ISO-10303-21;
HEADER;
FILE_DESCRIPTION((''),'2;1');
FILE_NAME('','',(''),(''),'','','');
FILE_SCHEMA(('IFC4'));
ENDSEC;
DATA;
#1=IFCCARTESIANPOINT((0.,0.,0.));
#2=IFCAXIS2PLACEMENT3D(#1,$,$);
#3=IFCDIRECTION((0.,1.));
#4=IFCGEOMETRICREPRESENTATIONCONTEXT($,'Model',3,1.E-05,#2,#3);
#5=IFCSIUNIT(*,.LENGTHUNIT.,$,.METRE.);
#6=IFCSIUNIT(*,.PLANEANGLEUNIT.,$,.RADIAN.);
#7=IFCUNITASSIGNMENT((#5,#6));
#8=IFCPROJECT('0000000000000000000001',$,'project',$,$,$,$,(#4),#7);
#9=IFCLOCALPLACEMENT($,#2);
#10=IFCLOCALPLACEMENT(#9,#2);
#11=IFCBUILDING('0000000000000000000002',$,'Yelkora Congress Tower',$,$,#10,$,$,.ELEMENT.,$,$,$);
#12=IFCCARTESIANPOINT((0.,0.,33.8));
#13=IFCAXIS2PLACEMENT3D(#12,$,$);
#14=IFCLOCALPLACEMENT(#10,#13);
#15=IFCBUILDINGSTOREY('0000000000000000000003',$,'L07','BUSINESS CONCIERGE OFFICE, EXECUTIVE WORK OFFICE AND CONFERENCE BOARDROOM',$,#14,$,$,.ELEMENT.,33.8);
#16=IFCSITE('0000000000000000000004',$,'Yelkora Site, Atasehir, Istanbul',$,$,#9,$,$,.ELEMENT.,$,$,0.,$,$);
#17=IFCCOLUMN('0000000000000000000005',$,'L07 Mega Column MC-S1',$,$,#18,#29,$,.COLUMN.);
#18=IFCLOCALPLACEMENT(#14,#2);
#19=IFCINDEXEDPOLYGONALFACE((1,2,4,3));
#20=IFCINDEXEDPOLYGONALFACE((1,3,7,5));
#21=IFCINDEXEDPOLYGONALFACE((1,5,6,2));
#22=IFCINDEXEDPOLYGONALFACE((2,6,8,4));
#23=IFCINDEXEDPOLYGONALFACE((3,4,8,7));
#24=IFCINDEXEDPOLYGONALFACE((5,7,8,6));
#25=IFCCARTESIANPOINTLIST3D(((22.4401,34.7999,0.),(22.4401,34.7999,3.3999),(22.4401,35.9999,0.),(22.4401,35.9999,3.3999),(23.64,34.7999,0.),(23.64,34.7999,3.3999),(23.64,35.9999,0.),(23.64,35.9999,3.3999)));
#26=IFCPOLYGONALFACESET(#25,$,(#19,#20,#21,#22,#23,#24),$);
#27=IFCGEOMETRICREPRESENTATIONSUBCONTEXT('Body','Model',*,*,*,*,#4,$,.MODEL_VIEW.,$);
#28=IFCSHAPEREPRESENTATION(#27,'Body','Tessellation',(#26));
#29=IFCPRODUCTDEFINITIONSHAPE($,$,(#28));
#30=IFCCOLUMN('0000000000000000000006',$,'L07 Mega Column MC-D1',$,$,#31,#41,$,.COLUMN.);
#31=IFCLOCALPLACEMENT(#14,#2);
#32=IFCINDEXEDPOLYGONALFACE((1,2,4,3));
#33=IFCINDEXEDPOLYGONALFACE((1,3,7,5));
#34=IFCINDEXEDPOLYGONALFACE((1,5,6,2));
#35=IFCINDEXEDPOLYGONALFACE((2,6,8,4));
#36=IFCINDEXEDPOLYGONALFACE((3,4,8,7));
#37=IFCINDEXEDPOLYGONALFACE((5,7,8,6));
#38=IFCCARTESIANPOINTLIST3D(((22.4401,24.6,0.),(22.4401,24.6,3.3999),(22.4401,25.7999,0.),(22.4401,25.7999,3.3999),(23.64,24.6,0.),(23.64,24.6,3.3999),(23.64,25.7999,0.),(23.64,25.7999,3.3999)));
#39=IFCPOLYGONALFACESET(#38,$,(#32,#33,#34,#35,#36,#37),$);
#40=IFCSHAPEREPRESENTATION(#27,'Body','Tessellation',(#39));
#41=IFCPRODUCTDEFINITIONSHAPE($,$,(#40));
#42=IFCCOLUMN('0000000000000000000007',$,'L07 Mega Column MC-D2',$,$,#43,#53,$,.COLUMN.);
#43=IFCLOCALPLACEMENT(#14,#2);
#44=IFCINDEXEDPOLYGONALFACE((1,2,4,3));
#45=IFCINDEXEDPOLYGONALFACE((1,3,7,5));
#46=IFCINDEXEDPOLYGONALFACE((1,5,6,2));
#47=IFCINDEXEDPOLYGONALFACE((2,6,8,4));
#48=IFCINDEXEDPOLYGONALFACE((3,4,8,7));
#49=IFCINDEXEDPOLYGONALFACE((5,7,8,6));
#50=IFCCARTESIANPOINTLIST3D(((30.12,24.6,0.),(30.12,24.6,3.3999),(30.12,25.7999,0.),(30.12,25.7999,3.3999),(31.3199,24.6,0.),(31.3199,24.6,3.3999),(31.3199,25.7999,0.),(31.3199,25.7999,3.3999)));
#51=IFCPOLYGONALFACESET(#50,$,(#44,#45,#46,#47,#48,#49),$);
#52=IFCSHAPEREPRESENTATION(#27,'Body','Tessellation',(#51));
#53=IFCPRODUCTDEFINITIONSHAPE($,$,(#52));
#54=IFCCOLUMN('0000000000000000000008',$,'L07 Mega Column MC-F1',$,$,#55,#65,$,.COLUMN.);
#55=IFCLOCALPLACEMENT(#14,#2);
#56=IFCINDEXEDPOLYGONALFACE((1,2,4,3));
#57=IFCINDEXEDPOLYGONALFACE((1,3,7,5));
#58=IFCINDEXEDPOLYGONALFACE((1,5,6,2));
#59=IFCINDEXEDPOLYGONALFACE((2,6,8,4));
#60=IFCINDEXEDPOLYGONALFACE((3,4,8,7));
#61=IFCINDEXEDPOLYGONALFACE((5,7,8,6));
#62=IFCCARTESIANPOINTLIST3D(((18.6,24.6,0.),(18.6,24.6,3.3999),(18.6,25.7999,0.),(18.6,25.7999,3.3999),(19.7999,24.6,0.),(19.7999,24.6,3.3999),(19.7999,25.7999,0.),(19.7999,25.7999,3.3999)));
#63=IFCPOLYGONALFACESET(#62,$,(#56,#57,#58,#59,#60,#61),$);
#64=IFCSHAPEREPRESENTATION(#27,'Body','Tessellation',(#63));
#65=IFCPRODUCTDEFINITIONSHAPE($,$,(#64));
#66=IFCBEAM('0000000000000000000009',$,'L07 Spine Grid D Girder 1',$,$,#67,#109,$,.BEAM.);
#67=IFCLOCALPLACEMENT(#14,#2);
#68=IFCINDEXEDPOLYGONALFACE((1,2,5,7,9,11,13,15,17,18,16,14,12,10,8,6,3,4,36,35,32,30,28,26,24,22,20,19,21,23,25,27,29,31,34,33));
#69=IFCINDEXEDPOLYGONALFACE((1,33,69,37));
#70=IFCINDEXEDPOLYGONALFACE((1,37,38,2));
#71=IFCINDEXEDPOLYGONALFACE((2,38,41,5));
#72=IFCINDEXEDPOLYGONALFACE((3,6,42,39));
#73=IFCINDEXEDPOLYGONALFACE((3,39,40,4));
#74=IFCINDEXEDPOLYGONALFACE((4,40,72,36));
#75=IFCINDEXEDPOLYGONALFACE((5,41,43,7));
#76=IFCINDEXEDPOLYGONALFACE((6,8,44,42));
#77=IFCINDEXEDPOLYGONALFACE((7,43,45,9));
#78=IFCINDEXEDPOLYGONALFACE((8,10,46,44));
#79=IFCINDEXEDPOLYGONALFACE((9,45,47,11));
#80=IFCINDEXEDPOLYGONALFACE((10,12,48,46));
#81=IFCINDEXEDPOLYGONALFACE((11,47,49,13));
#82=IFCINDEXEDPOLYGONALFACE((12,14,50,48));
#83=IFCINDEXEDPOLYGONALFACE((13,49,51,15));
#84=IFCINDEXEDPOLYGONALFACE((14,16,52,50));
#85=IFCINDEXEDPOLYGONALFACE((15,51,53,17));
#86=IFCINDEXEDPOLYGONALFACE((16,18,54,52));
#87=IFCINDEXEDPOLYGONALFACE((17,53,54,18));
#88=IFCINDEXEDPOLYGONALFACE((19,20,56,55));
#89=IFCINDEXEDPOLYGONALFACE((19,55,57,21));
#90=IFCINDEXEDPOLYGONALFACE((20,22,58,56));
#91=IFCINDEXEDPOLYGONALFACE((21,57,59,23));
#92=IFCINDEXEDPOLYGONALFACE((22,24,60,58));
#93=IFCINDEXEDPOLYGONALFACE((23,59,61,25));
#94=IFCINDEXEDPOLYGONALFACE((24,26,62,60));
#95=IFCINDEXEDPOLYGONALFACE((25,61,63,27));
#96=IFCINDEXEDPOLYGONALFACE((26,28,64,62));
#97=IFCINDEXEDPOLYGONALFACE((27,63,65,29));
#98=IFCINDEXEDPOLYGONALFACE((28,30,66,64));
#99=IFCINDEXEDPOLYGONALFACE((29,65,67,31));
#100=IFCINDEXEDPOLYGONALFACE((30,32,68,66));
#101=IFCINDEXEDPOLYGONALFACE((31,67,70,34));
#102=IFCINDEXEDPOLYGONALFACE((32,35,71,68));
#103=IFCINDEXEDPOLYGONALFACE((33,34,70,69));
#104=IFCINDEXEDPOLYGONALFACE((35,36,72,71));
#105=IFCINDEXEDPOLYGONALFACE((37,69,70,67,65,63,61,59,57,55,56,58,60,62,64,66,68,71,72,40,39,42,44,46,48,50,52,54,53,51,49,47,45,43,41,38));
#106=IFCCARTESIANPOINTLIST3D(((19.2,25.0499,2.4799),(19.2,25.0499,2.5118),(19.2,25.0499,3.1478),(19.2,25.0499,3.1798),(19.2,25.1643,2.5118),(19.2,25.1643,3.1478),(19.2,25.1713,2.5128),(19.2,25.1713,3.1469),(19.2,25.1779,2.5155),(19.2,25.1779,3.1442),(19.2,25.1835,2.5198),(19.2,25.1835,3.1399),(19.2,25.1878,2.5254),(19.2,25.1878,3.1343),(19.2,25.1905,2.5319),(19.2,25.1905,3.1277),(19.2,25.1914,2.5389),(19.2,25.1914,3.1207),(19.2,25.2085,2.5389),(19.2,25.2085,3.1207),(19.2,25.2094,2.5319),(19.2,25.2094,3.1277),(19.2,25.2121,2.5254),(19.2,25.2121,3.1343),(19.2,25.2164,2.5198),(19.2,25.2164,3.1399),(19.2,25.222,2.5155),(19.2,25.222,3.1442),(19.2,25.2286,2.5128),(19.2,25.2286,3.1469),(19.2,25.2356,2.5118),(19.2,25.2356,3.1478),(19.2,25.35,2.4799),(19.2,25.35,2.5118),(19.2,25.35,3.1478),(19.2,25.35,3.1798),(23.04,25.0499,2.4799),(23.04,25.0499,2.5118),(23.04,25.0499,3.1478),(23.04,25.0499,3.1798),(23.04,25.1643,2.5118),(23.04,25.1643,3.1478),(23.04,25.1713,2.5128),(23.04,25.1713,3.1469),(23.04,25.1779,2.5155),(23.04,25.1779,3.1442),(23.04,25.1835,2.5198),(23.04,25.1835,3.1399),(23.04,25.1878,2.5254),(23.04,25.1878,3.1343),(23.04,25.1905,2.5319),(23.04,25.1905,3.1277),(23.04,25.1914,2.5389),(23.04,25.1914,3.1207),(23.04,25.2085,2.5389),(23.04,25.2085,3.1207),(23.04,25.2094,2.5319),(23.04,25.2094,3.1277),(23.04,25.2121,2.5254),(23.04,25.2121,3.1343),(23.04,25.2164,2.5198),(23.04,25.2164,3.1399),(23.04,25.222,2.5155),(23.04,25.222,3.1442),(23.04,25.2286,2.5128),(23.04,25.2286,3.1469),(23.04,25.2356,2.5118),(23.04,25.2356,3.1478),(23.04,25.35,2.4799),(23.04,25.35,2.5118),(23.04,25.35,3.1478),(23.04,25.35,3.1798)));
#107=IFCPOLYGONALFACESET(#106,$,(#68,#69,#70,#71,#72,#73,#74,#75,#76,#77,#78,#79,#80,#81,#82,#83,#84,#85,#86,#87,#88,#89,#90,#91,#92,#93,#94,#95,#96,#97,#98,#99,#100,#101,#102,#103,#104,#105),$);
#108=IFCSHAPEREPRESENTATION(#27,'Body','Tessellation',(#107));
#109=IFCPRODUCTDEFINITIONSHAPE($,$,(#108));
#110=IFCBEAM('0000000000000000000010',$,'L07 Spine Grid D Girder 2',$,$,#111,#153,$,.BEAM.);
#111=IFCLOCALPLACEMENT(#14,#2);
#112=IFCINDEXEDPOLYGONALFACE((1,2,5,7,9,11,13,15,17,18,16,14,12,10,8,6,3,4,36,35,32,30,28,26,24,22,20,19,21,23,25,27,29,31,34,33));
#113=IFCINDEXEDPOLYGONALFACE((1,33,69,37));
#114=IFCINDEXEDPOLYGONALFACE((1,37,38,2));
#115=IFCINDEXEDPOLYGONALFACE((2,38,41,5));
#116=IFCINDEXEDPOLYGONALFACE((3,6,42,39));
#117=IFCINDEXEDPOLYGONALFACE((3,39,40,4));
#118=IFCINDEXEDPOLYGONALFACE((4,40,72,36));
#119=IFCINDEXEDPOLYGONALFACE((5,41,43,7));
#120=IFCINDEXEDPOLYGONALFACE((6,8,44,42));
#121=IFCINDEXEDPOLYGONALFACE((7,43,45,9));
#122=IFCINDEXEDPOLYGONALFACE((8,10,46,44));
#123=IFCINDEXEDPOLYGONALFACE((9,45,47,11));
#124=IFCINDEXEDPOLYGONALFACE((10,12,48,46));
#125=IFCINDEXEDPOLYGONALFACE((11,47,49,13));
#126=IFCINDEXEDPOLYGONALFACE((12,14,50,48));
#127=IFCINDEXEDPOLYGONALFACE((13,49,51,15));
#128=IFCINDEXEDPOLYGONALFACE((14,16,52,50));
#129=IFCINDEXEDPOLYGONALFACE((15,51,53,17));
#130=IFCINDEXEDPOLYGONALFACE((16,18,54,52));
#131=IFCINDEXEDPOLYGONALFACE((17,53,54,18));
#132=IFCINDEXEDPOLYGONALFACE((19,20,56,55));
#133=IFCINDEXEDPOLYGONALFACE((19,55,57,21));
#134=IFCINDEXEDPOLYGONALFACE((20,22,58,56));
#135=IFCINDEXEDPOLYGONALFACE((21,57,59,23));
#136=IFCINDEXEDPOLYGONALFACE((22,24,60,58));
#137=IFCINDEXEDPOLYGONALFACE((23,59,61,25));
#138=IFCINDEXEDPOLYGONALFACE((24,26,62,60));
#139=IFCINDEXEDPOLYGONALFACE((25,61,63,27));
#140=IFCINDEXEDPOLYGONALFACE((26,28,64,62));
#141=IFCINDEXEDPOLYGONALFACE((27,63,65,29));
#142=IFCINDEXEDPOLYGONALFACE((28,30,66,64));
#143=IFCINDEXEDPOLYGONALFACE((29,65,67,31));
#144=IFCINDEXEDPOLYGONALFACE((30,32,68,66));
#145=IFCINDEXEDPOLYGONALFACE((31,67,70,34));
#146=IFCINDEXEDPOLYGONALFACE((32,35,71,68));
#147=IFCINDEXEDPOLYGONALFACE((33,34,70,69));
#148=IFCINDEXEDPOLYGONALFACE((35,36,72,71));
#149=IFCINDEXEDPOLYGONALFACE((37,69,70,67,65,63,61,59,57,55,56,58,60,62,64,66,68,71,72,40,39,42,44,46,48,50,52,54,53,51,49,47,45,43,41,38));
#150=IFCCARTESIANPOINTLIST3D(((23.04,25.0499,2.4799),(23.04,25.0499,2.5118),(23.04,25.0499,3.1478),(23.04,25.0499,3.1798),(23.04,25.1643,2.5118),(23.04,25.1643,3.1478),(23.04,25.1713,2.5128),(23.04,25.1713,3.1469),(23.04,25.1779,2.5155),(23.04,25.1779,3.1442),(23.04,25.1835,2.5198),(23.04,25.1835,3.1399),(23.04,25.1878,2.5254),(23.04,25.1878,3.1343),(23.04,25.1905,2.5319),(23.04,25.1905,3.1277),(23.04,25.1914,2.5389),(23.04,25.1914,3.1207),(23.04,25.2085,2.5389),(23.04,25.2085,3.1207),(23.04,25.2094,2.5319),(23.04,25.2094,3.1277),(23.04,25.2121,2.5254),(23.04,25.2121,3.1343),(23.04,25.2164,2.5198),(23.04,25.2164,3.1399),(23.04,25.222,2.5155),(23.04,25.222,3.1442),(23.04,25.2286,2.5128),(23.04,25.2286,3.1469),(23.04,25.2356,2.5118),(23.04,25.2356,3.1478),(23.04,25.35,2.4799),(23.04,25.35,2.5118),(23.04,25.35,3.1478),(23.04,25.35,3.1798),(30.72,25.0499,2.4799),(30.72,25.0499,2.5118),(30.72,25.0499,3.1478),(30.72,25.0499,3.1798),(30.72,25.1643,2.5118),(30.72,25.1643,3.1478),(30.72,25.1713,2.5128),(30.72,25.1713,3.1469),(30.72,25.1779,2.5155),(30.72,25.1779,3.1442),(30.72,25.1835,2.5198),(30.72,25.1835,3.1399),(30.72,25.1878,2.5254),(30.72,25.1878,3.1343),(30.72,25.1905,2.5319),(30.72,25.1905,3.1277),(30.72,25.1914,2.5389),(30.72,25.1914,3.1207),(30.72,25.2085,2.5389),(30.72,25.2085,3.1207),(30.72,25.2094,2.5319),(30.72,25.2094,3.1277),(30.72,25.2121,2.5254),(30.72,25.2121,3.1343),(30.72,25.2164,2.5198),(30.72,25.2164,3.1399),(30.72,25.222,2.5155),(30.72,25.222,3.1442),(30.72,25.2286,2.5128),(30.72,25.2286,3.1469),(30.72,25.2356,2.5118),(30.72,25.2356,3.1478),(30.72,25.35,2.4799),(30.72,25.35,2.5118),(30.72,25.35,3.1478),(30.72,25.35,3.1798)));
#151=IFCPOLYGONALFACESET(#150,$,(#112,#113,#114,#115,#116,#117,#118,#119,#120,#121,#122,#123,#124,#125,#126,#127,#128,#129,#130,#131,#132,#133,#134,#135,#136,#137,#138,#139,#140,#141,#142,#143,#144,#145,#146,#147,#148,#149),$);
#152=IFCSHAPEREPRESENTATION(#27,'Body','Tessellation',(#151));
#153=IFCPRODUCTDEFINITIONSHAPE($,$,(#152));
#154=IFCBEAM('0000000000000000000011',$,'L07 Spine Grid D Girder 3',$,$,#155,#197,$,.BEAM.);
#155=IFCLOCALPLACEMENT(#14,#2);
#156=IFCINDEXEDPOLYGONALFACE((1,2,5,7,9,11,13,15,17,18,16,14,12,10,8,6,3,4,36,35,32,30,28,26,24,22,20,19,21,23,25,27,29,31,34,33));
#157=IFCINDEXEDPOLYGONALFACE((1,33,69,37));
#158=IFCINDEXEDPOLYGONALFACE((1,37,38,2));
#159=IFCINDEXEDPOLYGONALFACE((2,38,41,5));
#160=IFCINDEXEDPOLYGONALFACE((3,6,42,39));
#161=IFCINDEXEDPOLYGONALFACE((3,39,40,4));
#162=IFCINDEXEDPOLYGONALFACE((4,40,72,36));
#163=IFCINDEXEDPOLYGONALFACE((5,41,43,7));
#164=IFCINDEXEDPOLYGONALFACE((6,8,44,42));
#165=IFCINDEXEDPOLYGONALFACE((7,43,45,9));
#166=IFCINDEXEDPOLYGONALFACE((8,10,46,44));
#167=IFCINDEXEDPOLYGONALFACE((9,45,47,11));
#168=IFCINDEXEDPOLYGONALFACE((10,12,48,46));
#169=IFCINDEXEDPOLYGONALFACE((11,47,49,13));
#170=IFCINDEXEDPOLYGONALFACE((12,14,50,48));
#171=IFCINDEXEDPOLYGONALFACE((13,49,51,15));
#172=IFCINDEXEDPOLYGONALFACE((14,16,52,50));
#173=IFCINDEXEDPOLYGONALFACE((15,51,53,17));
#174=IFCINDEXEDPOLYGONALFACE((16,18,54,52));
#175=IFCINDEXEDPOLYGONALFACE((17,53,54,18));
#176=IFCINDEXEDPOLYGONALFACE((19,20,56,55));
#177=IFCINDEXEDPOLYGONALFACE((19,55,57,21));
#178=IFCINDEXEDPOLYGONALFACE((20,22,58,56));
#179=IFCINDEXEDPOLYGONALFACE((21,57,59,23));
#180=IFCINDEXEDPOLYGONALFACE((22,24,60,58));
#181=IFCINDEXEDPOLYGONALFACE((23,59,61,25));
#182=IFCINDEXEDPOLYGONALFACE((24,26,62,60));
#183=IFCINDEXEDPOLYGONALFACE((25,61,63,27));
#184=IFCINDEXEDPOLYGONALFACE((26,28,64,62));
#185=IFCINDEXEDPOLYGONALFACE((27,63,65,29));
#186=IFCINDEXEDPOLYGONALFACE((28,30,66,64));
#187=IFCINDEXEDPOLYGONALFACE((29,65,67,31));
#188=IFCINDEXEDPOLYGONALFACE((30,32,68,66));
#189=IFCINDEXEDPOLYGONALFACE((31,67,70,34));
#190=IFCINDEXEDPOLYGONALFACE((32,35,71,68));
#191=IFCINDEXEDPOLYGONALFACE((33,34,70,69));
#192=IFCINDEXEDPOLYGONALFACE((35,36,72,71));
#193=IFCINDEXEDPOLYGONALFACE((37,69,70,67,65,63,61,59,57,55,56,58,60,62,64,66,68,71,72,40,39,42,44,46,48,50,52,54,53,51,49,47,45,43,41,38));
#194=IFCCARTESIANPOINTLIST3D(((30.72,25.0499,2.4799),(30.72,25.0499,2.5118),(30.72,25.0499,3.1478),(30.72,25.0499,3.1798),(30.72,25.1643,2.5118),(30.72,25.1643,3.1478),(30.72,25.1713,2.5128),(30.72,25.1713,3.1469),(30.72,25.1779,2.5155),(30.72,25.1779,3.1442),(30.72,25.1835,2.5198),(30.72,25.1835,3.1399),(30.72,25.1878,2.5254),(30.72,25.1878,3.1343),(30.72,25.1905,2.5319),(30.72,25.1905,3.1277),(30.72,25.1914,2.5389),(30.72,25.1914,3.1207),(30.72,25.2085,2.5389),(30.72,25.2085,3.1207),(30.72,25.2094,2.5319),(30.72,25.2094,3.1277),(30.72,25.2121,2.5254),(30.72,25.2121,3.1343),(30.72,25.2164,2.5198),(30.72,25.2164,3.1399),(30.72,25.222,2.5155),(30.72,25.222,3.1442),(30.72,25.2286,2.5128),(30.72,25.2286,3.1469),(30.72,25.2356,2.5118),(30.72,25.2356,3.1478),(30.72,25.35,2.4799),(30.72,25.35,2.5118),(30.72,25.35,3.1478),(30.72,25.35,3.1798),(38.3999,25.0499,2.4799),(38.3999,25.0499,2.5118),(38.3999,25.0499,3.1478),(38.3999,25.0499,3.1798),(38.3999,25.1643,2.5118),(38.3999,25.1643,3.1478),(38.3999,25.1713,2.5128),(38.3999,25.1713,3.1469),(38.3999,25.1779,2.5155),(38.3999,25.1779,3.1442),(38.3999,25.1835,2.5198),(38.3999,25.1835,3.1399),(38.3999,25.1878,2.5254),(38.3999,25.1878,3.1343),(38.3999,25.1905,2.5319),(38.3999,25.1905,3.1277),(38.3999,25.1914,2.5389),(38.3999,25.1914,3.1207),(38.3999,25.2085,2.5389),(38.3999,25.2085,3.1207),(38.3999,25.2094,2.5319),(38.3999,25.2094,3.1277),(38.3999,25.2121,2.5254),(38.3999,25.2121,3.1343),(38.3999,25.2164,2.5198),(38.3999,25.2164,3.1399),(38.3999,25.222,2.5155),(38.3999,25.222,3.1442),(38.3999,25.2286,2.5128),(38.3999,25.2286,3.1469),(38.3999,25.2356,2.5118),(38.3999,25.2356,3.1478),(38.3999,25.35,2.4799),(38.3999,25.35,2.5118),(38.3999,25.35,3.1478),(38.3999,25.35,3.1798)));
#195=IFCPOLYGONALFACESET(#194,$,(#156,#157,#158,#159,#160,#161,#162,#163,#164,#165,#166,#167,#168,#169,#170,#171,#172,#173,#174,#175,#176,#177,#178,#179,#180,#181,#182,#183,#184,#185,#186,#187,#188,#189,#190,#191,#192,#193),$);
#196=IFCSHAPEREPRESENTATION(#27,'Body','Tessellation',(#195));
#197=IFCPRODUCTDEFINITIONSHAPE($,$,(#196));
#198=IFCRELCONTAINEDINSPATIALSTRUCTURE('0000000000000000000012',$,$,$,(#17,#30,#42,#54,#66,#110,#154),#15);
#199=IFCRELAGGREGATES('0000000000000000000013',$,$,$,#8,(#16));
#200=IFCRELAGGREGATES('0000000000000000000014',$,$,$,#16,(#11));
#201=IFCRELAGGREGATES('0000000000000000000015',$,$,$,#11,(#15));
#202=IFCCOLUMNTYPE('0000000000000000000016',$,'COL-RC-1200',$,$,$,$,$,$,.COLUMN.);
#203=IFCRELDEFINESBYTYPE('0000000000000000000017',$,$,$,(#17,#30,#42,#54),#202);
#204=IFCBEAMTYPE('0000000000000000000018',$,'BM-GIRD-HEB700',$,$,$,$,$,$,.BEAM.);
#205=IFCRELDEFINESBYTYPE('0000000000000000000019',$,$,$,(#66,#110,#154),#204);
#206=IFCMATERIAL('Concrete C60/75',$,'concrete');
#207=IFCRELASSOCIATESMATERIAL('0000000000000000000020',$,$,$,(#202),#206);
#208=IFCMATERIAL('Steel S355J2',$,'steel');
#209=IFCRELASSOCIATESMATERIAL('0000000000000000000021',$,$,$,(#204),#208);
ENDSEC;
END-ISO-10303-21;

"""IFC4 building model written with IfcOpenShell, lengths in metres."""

from ifc_helpers import new_model, si_unit, direction, frame, origin, origin_2d, place, context, subcontext, project, spatial, rectangle, i_section, extrude, material, material_profile, profile_set, type_object, element, save


model = new_model("IFC4")

# Units and contexts
model_context = context("Model", 3, precision=1e-05, world=origin(), true_north=direction((0.0, 1.0)))
body_context = subcontext(model_context, "Body", "Model", "MODEL_VIEW")
ifc_project = project(units=[si_unit("LENGTHUNIT", "METRE"), si_unit("PLANEANGLEUNIT", "RADIAN")], contexts=[model_context])

# Site, building, storey
site_placement = place(None, origin())
site = spatial("IfcSite", under=ifc_project, at=site_placement, Name="Yelkora Site, Atasehir, Istanbul", CompositionType="ELEMENT", RefElevation=0.0)
building_placement = place(site_placement, origin())
building = spatial("IfcBuilding", under=site, at=building_placement, Name="Yelkora Congress Tower", CompositionType="ELEMENT")
storey_placement = place(building_placement, frame((0.0, 0.0, 33.8)))
storey = spatial("IfcBuildingStorey", under=building, at=storey_placement, Name="L07", Description="BUSINESS CONCIERGE OFFICE, EXECUTIVE WORK OFFICE AND CONFERENCE BOARDROOM", CompositionType="ELEMENT", Elevation=33.8)

# Columns
ifc_material_1 = material(Name="Concrete C60/75", Category="concrete")
ifc_material_profile_1 = material_profile(ifc_material_1, rectangle(XDim=1.2, YDim=1.2, at=origin_2d()), Name="RC 1200x1200")
ifc_profile_set_1 = profile_set([ifc_material_profile_1], Name="Concrete C60/75")
column_type = type_object("IfcColumnType", Name="COL-RC-1200", PredefinedType="COLUMN", material=ifc_profile_set_1)
for number, where, z_axis, x_axis, name in (
    (1, (23.04, 35.3999, 0.0), (0.0, 0.0, 1.0), (1.0, 0.0, 0.0), "L07 Mega Column MC-S1"),
    (2, (23.04, 25.2, 0.0), (0.0, 0.0, 1.0), (1.0, 0.0, 0.0), "L07 Mega Column MC-D1"),
    (3, (30.72, 25.2, 0.0), (0.0, 0.0, 1.0), (1.0, 0.0, 0.0), "L07 Mega Column MC-D2"),
    (4, (19.2, 25.2, 0.0), (0.0, 0.0, 1.0), (1.0, 0.0, 0.0), "L07 Mega Column MC-F1"),
):
    element("IfcColumn", number, at=place(storey_placement, frame(where, z_axis=z_axis, x_axis=x_axis)), inside=storey, type_object=column_type, Name=name, PredefinedType="COLUMN", context=body_context, shape_type="SweptSolid", body=[
        extrude(rectangle(XDim=1.2, YDim=1.2, at=origin_2d()), origin(), (0.0, 0.0, 1.0), 3.3999),
    ])

# Beams
ifc_material_2 = material(Name="Steel S355J2", Category="steel")
ifc_material_profile_2 = material_profile(ifc_material_2, i_section(OverallWidth=0.3, OverallDepth=0.7, WebThickness=0.0171, FlangeThickness=0.032, FilletRadius=0.0271, at=origin_2d()), Name="HEB 700")
ifc_profile_set_2 = profile_set([ifc_material_profile_2], Name="Steel S355J2")
beam_type_1 = type_object("IfcBeamType", Name="BM-GIRD-HEB700", PredefinedType="BEAM", material=ifc_profile_set_2)
beam_1_placement = place(storey_placement, frame((19.2, 25.2, 2.8298), z_axis=(1.0, 0.0, 0.0), x_axis=(0.0, 1.0, 0.0)))
element("IfcBeam", 5, at=beam_1_placement, inside=storey, type_object=beam_type_1, Name="L07 Spine Grid D Girder 1", PredefinedType="BEAM", context=body_context, shape_type="SweptSolid", body=[
    extrude(i_section(OverallWidth=0.3, OverallDepth=0.7, WebThickness=0.0171, FlangeThickness=0.032, FilletRadius=0.0271, at=origin_2d()), origin(), (0.0, 0.0, 1.0), 3.8401),
])
for number, where, z_axis, x_axis, name in (
    (6, (23.04, 25.2, 2.8298), (1.0, 0.0, 0.0), (0.0, 1.0, 0.0), "L07 Spine Grid D Girder 2"),
    (7, (30.72, 25.2, 2.8298), (1.0, 0.0, 0.0), (0.0, 1.0, 0.0), "L07 Spine Grid D Girder 3"),
):
    element("IfcBeam", number, at=place(storey_placement, frame(where, z_axis=z_axis, x_axis=x_axis)), inside=storey, type_object=beam_type_1, Name=name, PredefinedType="BEAM", context=body_context, shape_type="SweptSolid", body=[
        extrude(i_section(OverallWidth=0.3, OverallDepth=0.7, WebThickness=0.0171, FlangeThickness=0.032, FilletRadius=0.0271, at=origin_2d()), origin(), (0.0, 0.0, 1.0), 7.6799),
    ])

save(model, "model.ifc")
